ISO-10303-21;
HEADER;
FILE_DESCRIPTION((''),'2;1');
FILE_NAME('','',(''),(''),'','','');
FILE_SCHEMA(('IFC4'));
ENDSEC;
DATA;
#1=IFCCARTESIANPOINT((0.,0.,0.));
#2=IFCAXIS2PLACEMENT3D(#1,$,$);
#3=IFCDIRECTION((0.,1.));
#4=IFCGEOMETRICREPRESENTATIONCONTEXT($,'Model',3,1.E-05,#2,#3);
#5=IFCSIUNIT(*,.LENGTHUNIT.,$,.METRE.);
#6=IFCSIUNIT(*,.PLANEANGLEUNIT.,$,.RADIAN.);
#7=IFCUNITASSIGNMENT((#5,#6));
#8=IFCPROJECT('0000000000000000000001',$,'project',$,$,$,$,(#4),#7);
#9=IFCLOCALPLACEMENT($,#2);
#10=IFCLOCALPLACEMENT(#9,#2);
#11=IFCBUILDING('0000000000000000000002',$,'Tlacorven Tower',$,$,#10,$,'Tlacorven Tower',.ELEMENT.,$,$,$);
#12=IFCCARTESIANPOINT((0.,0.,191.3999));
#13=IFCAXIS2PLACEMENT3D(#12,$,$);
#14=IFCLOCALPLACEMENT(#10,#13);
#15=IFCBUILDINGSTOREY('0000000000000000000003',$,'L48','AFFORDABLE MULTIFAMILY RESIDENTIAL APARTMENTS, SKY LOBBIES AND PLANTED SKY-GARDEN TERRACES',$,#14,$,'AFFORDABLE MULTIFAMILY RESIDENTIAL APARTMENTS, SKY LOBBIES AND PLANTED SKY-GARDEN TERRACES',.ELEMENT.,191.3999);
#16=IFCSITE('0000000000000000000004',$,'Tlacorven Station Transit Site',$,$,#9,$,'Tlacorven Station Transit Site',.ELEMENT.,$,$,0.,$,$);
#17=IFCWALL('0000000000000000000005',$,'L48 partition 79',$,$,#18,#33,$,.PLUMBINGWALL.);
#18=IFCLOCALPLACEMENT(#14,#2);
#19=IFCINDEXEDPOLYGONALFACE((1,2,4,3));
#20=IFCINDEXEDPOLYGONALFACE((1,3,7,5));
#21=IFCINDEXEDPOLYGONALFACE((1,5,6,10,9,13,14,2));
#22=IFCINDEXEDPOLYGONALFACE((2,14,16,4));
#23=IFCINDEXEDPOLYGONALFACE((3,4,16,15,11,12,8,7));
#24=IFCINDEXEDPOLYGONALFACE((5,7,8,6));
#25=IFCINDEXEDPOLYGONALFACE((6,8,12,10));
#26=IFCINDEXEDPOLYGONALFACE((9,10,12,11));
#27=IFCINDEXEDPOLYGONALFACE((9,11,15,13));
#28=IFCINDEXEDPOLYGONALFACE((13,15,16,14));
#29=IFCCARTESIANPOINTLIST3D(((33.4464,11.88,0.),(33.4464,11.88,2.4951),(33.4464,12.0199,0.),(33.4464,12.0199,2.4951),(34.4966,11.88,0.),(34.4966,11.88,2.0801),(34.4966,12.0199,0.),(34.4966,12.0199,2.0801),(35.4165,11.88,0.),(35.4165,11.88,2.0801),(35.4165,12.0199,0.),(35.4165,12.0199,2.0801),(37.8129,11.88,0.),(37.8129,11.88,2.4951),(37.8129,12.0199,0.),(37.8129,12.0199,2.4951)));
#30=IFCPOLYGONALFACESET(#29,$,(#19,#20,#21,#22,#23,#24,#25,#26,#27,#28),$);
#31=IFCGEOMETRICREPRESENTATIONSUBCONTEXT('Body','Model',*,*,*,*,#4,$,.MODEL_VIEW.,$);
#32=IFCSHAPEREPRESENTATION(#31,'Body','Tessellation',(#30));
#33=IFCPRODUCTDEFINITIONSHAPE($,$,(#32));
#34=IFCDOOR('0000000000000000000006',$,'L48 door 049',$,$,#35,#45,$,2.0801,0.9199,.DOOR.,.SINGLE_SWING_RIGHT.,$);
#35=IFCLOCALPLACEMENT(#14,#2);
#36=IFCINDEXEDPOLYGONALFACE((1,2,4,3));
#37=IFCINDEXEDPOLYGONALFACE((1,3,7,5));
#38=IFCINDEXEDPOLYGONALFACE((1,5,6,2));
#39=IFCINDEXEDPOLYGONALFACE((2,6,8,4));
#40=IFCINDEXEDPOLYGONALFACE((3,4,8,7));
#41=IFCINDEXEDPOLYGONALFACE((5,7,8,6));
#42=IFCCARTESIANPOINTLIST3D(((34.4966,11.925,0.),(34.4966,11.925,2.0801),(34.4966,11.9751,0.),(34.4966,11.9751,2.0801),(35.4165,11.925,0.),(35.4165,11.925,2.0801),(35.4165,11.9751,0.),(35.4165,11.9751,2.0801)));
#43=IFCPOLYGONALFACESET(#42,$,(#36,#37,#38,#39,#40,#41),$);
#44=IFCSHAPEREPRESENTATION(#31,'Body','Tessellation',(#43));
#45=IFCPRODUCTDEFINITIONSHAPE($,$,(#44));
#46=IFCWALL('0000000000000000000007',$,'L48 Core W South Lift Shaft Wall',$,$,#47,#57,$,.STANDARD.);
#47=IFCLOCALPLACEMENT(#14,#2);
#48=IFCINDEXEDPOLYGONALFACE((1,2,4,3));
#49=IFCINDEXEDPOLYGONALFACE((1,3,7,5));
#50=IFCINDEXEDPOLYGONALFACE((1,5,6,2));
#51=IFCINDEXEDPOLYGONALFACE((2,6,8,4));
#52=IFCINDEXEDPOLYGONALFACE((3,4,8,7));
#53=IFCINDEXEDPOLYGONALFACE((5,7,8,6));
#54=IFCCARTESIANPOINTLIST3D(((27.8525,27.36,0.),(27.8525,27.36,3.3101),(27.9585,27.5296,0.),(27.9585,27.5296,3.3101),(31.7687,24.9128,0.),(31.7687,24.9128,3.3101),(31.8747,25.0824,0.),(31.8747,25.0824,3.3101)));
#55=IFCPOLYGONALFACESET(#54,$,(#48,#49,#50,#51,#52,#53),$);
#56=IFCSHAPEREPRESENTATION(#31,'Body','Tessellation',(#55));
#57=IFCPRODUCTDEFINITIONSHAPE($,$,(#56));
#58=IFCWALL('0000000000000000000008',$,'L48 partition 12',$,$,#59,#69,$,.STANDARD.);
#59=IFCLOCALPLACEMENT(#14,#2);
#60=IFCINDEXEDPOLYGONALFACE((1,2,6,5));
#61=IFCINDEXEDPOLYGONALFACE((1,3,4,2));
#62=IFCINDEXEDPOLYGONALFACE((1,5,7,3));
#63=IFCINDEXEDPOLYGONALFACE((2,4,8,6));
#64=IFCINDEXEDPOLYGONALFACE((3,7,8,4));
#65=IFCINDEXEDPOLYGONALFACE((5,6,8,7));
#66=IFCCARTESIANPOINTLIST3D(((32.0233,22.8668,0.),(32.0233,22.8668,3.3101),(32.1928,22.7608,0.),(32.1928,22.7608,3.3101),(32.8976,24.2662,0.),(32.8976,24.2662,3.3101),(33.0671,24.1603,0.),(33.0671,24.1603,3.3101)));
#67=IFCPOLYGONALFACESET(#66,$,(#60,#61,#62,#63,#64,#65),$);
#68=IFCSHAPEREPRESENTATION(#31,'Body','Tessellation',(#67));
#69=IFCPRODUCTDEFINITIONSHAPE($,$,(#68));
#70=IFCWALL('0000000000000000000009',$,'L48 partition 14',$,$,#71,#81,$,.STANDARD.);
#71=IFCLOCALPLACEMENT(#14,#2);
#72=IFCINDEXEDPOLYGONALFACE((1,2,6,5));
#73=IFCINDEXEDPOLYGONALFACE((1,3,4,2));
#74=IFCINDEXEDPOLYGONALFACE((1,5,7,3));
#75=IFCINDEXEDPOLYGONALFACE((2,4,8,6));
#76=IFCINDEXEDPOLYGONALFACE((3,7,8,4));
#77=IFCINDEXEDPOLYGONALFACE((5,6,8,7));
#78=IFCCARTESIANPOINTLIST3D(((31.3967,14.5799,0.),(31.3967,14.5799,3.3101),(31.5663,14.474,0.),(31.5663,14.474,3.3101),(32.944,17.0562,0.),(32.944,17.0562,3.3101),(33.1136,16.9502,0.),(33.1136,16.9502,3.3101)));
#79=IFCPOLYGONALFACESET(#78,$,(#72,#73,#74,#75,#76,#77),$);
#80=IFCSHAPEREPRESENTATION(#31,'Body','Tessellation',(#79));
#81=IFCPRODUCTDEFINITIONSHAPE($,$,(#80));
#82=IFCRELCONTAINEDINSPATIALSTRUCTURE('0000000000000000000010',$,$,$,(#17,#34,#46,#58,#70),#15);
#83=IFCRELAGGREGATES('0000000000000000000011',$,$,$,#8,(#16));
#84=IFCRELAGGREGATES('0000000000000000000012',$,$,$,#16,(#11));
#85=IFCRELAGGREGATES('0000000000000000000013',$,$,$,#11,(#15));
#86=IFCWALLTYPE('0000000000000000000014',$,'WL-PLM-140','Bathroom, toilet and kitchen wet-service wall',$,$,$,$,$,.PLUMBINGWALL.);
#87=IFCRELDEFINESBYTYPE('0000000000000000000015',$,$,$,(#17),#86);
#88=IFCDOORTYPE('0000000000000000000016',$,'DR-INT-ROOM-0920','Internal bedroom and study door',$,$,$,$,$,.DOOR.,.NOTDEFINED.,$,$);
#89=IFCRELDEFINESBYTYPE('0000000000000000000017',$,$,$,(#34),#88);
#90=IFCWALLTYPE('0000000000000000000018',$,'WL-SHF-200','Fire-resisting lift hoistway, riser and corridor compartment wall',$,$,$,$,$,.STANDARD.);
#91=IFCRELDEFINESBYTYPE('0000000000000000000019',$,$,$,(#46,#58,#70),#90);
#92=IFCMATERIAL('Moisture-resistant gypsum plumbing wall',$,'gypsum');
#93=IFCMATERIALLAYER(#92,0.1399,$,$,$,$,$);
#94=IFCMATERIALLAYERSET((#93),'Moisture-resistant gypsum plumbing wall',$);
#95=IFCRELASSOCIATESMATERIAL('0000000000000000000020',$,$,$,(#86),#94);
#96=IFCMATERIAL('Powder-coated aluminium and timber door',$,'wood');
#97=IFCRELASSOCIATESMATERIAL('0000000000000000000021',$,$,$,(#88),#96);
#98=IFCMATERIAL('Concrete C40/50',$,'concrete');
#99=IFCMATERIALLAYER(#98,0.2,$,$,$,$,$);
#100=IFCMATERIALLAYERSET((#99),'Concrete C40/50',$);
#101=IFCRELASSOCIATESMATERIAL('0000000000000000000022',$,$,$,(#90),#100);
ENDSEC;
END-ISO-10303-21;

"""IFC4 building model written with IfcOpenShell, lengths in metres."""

from ifc_helpers import new_model, si_unit, direction, frame, frame_2d, origin, place, context, subcontext, project, spatial, rectangle, extrude, source, transform, mapped, material, layer, layer_set, type_object, element, fill, save


model = new_model("IFC4")

# Units and contexts
model_context = context("Model", 3, precision=1e-05, world=origin(), true_north=direction((0.0, 1.0)))
body_context = subcontext(model_context, "Body", "Model", "MODEL_VIEW")
ifc_project = project(units=[si_unit("LENGTHUNIT", "METRE"), si_unit("PLANEANGLEUNIT", "RADIAN")], contexts=[model_context])

# Site, building, storey
site_placement = place(None, origin())
site = spatial("IfcSite", under=ifc_project, at=site_placement, Name="Tlacorven Station Transit Site", LongName="Tlacorven Station Transit Site", CompositionType="ELEMENT", RefElevation=0.0)
building_placement = place(site_placement, origin())
building = spatial("IfcBuilding", under=site, at=building_placement, Name="Tlacorven Tower", LongName="Tlacorven Tower", CompositionType="ELEMENT")
storey_placement = place(building_placement, frame((0.0, 0.0, 191.3999)))
storey = spatial("IfcBuildingStorey", under=building, at=storey_placement, Name="L48", Description="AFFORDABLE MULTIFAMILY RESIDENTIAL APARTMENTS, SKY LOBBIES AND PLANTED SKY-GARDEN TERRACES", LongName="AFFORDABLE MULTIFAMILY RESIDENTIAL APARTMENTS, SKY LOBBIES AND PLANTED SKY-GARDEN TERRACES", CompositionType="ELEMENT", Elevation=191.3999)

# Shared definitions
ifc_material_1 = material(Name="Powder-coated aluminium and timber door", Category="wood")

# Shared definitions
ifc_material_2 = material(Name="Moisture-resistant gypsum plumbing wall", Category="gypsum")
ifc_layer_1 = layer(ifc_material_2, 0.1399)
ifc_layer_set_1 = layer_set([ifc_layer_1], Name="Moisture-resistant gypsum plumbing wall")
wall_type_1 = type_object("IfcWallType", Name="WL-PLM-140", Description="Bathroom, toilet and kitchen wet-service wall", PredefinedType="PLUMBINGWALL", material=ifc_layer_set_1)

# Wall, opening, door
wall_1_placement = place(storey_placement, frame((33.4465, 11.95, 0.0), z_axis=(0.0, 0.0, 1.0), x_axis=(1.0, 0.0, 0.0)))
wall_1 = element("IfcWall", 1, at=wall_1_placement, inside=storey, type_object=wall_type_1, Name="L48 partition 79", PredefinedType="PLUMBINGWALL", context=body_context, shape_type="SweptSolid", body=[
    extrude(rectangle(XDim=4.3665, YDim=0.1399, at=frame_2d((2.1831, 0.0))), origin(), (0.0, 0.0, 1.0), 2.4951),
])
opening_1_placement = place(wall_1_placement, frame((1.05, 0.0, 0.0)))
opening_1 = element("IfcOpeningElement", 2, at=opening_1_placement, cuts=wall_1, PredefinedType="OPENING", context=body_context, shape_type="SweptSolid", body=[
    extrude(rectangle(XDim=0.9199, YDim=2.0801, at=frame_2d((0.46, 1.04))), frame((0.0, 0.0801, 0.0), z_axis=(0.0, -1.0, 0.0), x_axis=(1.0, 0.0, 0.0)), (0.0, 0.0, 1.0), 0.1599),
])
door_type_1 = type_object("IfcDoorType", Name="DR-INT-ROOM-0920", Description="Internal bedroom and study door", OperationType="NOTDEFINED", PredefinedType="DOOR", material=ifc_material_1)
shared_shape_1 = source(origin(), body_context, "Body", "SweptSolid", [
    extrude(rectangle(XDim=0.9199, YDim=2.0801, at=frame_2d((0.46, 1.04))), frame((0.0, 0.0249, 0.0), z_axis=(0.0, -1.0, 0.0), x_axis=(1.0, 0.0, 0.0)), (0.0, 0.0, 1.0), 0.05),
])
door_1_placement = place(opening_1_placement, frame((0.9199, 0.0, 0.0), z_axis=(0.0, 0.0, 1.0), x_axis=(-1.0, 0.0, 0.0)))
door_1 = element("IfcDoor", 3, at=door_1_placement, inside=storey, type_object=door_type_1, Name="L48 door 049", OperationType="SINGLE_SWING_RIGHT", OverallHeight=2.0801, OverallWidth=0.9199, PredefinedType="DOOR", context=body_context, shape_type="MappedRepresentation", body=[
    mapped(shared_shape_1, transform((0.0, 0.0, 0.0), scale=1.0)),
])
fill(opening_1, door_1)

# Wall
ifc_material_3 = material(Name="Concrete C40/50", Category="concrete")
ifc_layer_2 = layer(ifc_material_3, 0.2)
ifc_layer_set_2 = layer_set([ifc_layer_2], Name="Concrete C40/50")
wall_type_2 = type_object("IfcWallType", Name="WL-SHF-200", Description="Fire-resisting lift hoistway, riser and corridor compartment wall", PredefinedType="STANDARD", material=ifc_layer_set_2)
wall_2_placement = place(storey_placement, frame((31.8218, 24.9976, 0.0), z_axis=(0.0, 0.0, 1.0), x_axis=(-0.848037, 0.529937, 0.0)))
element("IfcWall", 4, at=wall_2_placement, inside=storey, type_object=wall_type_2, Name="L48 Core W South Lift Shaft Wall", PredefinedType="STANDARD", context=body_context, shape_type="SweptSolid", body=[
    extrude(rectangle(XDim=4.6179, YDim=0.2, at=frame_2d((2.3091, 0.0))), origin(), (0.0, 0.0, 1.0), 3.3101),
])

# Walls
wall_3_placement = place(storey_placement, frame((32.9824, 24.2134, 0.0), z_axis=(0.0, 0.0, 1.0), x_axis=(-0.529839, -0.848098, 0.0)))
element("IfcWall", 5, at=wall_3_placement, inside=storey, type_object=wall_type_2, Name="L48 partition 12", PredefinedType="STANDARD", context=body_context, shape_type="SweptSolid", body=[
    extrude(rectangle(XDim=1.6501, YDim=0.2, at=frame_2d((0.8252, 0.0))), origin(), (0.0, 0.0, 1.0), 3.3101),
])
wall_4_placement = place(storey_placement, frame((33.0288, 17.0032, 0.0), z_axis=(0.0, 0.0, 1.0), x_axis=(-0.529916, -0.84805, 0.0)))
element("IfcWall", 6, at=wall_4_placement, inside=storey, type_object=wall_type_2, Name="L48 partition 14", PredefinedType="STANDARD", context=body_context, shape_type="SweptSolid", body=[
    extrude(rectangle(XDim=2.9199, YDim=0.2, at=frame_2d((1.46, 0.0))), origin(), (0.0, 0.0, 1.0), 3.3101),
])

save(model, "model.ifc")
